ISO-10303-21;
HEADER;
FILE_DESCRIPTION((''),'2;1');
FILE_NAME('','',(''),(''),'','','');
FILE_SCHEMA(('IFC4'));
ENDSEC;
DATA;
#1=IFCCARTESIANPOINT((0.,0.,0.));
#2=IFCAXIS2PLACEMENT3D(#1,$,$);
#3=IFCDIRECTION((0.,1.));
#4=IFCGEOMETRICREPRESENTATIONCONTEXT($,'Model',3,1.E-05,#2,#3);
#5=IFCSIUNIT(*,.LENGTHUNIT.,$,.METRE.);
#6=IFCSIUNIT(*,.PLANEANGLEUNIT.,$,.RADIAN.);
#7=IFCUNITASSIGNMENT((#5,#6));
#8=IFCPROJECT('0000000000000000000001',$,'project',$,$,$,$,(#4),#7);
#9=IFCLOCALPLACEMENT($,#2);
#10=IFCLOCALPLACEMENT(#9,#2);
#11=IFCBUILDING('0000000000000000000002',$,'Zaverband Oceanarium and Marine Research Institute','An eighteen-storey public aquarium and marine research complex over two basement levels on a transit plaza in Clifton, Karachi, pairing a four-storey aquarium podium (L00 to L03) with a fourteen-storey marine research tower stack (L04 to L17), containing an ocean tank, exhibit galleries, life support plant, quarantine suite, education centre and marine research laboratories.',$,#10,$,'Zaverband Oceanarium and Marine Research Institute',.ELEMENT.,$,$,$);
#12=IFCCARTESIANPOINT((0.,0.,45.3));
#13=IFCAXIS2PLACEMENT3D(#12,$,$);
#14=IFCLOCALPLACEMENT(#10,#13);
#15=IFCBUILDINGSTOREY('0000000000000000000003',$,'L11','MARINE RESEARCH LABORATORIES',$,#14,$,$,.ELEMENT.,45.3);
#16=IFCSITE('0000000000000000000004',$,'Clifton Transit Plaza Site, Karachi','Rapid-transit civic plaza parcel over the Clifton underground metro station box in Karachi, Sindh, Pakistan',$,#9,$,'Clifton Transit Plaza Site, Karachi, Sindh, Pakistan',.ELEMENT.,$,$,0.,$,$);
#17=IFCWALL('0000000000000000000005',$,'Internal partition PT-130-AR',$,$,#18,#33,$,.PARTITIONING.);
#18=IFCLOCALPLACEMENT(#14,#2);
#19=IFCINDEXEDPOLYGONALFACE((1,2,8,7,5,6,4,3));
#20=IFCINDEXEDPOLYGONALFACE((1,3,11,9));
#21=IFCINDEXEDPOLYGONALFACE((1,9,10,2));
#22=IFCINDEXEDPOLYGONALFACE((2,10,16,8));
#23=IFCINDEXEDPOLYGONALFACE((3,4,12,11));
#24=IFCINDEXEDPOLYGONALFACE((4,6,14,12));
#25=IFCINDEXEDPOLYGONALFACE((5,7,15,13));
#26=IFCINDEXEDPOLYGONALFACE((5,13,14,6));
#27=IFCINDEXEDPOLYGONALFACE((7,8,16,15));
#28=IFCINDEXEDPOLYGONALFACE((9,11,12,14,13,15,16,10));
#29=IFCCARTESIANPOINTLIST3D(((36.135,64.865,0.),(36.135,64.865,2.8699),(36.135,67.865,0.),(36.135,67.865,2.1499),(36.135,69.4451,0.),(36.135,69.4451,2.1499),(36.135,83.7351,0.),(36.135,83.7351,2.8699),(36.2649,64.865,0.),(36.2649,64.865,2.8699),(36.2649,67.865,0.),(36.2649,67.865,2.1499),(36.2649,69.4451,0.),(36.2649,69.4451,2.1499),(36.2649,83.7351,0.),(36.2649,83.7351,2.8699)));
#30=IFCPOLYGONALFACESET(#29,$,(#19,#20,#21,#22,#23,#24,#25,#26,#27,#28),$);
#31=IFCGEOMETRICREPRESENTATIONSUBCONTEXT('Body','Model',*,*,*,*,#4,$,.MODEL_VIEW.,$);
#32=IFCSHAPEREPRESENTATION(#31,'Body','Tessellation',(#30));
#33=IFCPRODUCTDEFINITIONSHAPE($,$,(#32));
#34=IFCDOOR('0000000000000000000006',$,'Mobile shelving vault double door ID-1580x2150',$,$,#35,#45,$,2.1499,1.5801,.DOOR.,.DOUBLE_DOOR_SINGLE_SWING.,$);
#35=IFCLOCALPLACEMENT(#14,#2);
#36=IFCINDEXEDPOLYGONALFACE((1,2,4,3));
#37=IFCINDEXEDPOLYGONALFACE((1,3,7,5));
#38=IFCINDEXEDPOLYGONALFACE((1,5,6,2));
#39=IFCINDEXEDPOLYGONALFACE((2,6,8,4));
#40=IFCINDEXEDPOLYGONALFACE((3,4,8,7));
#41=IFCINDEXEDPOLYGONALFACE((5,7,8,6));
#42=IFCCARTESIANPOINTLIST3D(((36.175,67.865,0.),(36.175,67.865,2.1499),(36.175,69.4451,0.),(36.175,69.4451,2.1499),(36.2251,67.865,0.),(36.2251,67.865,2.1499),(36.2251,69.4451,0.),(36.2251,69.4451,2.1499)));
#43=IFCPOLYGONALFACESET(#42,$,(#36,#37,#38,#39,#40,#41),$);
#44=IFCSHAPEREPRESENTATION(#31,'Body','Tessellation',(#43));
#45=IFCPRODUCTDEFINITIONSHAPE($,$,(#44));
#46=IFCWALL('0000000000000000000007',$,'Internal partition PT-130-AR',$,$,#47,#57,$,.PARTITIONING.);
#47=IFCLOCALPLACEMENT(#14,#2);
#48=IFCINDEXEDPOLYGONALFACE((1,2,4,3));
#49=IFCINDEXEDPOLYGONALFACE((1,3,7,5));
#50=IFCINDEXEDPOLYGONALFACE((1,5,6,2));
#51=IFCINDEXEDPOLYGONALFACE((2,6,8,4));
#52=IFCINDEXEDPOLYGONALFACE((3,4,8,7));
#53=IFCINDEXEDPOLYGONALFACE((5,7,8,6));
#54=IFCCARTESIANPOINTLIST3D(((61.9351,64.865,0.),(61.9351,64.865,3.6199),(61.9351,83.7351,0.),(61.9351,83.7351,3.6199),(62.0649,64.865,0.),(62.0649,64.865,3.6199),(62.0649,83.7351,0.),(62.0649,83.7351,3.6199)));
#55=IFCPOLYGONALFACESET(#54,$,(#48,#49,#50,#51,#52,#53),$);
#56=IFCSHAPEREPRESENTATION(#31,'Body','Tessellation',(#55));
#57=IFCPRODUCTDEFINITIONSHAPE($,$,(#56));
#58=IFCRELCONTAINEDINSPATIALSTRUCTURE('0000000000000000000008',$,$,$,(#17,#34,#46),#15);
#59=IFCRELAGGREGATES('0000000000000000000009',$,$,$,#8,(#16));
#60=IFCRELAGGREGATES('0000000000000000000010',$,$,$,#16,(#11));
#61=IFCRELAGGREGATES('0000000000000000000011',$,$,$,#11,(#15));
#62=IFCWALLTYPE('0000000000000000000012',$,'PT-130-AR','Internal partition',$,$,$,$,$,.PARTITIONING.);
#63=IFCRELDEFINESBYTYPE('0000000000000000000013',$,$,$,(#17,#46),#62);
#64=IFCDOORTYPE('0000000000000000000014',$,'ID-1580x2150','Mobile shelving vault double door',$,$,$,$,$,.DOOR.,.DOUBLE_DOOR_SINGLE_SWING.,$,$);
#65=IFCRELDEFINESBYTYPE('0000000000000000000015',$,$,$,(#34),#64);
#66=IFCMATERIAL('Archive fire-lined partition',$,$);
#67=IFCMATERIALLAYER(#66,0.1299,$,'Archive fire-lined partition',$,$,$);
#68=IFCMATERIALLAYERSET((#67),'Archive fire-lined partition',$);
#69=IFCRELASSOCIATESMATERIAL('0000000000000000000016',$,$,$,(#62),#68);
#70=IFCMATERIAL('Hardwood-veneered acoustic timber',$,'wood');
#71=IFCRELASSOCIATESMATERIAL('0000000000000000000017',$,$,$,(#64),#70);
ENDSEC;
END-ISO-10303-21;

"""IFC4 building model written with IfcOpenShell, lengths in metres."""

from ifc_helpers import new_model, si_unit, direction, frame, frame_2d, origin, place, context, subcontext, project, spatial, rectangle, extrude, material, layer, layer_set, type_object, element, fill, save


model = new_model("IFC4")

# Units and contexts
model_context = context("Model", 3, precision=1e-05, world=origin(), true_north=direction((0.0, 1.0)))
body_context = subcontext(model_context, "Body", "Model", "MODEL_VIEW")
ifc_project = project(units=[si_unit("LENGTHUNIT", "METRE"), si_unit("PLANEANGLEUNIT", "RADIAN")], contexts=[model_context])

# Site, building, storey
site_placement = place(None, origin())
site = spatial("IfcSite", under=ifc_project, at=site_placement, Name="Clifton Transit Plaza Site, Karachi", Description="Rapid-transit civic plaza parcel over the Clifton underground metro station box in Karachi, Sindh, Pakistan", LongName="Clifton Transit Plaza Site, Karachi, Sindh, Pakistan", CompositionType="ELEMENT", RefElevation=0.0)
building_placement = place(site_placement, origin())
building = spatial("IfcBuilding", under=site, at=building_placement, Name="Zaverband Oceanarium and Marine Research Institute", Description="An eighteen-storey public aquarium and marine research complex over two basement levels on a transit plaza in Clifton, Karachi, pairing a four-storey aquarium podium (L00 to L03) with a fourteen-storey marine research tower stack (L04 to L17), containing an ocean tank, exhibit galleries, life support plant, quarantine suite, education centre and marine research laboratories.", LongName="Zaverband Oceanarium and Marine Research Institute", CompositionType="ELEMENT")
storey_placement = place(building_placement, frame((0.0, 0.0, 45.3)))
storey = spatial("IfcBuildingStorey", under=building, at=storey_placement, Name="L11", Description="MARINE RESEARCH LABORATORIES", CompositionType="ELEMENT", Elevation=45.3)

# Shared definitions
ifc_material_1 = material(Name="Archive fire-lined partition")
ifc_layer_1 = layer(ifc_material_1, 0.1299, Name="Archive fire-lined partition")
ifc_layer_set_1 = layer_set([ifc_layer_1], Name="Archive fire-lined partition")
wall_type_1 = type_object("IfcWallType", Name="PT-130-AR", Description="Internal partition", PredefinedType="PARTITIONING", material=ifc_layer_set_1)

# Wall, opening, door
wall_1_placement = place(storey_placement, frame((36.2, 64.865, 0.0), z_axis=(0.0, 0.0, 1.0), x_axis=(0.0, 1.0, 0.0)))
wall_1 = element("IfcWall", 1, at=wall_1_placement, inside=storey, type_object=wall_type_1, Name="Internal partition PT-130-AR", PredefinedType="PARTITIONING", context=body_context, shape_type="SweptSolid", body=[
    extrude(rectangle(XDim=18.8701, YDim=0.1299, at=frame_2d((9.4351, 0.0))), origin(), (0.0, 0.0, 1.0), 2.8699),
])
opening_1_placement = place(wall_1_placement, frame((3.0, 0.0, 0.0)))
opening_1 = element("IfcOpeningElement", 2, at=opening_1_placement, cuts=wall_1, PredefinedType="OPENING", context=body_context, shape_type="SweptSolid", body=[
    extrude(rectangle(XDim=1.5801, YDim=2.1499, at=frame_2d((0.79, 1.075))), frame((0.0, 0.0769, 0.0), z_axis=(0.0, -1.0, 0.0), x_axis=(1.0, 0.0, 0.0)), (0.0, 0.0, 1.0), 0.1538),
])
ifc_material_2 = material(Name="Hardwood-veneered acoustic timber", Category="wood")
door_type = type_object("IfcDoorType", Name="ID-1580x2150", Description="Mobile shelving vault double door", OperationType="DOUBLE_DOOR_SINGLE_SWING", PredefinedType="DOOR", material=ifc_material_2)
door_placement = place(opening_1_placement, origin())
door = element("IfcDoor", 3, at=door_placement, inside=storey, type_object=door_type, Name="Mobile shelving vault double door ID-1580x2150", OperationType="DOUBLE_DOOR_SINGLE_SWING", OverallHeight=2.1499, OverallWidth=1.5801, PredefinedType="DOOR", context=body_context, shape_type="SweptSolid", body=[
    extrude(rectangle(XDim=1.5801, YDim=2.1499, at=frame_2d((0.79, 1.075))), frame((0.0, 0.0249, 0.0), z_axis=(0.0, -1.0, 0.0), x_axis=(1.0, 0.0, 0.0)), (0.0, 0.0, 1.0), 0.05),
])
fill(opening_1, door)

# Wall
wall_2_placement = place(storey_placement, frame((62.0, 64.865, 0.0), z_axis=(0.0, 0.0, 1.0), x_axis=(0.0, 1.0, 0.0)))
element("IfcWall", 4, at=wall_2_placement, inside=storey, type_object=wall_type_1, Name="Internal partition PT-130-AR", PredefinedType="PARTITIONING", context=body_context, shape_type="SweptSolid", body=[
    extrude(rectangle(XDim=18.8701, YDim=0.1299, at=frame_2d((9.4351, 0.0))), origin(), (0.0, 0.0, 1.0), 3.6199),
])

save(model, "model.ifc")
